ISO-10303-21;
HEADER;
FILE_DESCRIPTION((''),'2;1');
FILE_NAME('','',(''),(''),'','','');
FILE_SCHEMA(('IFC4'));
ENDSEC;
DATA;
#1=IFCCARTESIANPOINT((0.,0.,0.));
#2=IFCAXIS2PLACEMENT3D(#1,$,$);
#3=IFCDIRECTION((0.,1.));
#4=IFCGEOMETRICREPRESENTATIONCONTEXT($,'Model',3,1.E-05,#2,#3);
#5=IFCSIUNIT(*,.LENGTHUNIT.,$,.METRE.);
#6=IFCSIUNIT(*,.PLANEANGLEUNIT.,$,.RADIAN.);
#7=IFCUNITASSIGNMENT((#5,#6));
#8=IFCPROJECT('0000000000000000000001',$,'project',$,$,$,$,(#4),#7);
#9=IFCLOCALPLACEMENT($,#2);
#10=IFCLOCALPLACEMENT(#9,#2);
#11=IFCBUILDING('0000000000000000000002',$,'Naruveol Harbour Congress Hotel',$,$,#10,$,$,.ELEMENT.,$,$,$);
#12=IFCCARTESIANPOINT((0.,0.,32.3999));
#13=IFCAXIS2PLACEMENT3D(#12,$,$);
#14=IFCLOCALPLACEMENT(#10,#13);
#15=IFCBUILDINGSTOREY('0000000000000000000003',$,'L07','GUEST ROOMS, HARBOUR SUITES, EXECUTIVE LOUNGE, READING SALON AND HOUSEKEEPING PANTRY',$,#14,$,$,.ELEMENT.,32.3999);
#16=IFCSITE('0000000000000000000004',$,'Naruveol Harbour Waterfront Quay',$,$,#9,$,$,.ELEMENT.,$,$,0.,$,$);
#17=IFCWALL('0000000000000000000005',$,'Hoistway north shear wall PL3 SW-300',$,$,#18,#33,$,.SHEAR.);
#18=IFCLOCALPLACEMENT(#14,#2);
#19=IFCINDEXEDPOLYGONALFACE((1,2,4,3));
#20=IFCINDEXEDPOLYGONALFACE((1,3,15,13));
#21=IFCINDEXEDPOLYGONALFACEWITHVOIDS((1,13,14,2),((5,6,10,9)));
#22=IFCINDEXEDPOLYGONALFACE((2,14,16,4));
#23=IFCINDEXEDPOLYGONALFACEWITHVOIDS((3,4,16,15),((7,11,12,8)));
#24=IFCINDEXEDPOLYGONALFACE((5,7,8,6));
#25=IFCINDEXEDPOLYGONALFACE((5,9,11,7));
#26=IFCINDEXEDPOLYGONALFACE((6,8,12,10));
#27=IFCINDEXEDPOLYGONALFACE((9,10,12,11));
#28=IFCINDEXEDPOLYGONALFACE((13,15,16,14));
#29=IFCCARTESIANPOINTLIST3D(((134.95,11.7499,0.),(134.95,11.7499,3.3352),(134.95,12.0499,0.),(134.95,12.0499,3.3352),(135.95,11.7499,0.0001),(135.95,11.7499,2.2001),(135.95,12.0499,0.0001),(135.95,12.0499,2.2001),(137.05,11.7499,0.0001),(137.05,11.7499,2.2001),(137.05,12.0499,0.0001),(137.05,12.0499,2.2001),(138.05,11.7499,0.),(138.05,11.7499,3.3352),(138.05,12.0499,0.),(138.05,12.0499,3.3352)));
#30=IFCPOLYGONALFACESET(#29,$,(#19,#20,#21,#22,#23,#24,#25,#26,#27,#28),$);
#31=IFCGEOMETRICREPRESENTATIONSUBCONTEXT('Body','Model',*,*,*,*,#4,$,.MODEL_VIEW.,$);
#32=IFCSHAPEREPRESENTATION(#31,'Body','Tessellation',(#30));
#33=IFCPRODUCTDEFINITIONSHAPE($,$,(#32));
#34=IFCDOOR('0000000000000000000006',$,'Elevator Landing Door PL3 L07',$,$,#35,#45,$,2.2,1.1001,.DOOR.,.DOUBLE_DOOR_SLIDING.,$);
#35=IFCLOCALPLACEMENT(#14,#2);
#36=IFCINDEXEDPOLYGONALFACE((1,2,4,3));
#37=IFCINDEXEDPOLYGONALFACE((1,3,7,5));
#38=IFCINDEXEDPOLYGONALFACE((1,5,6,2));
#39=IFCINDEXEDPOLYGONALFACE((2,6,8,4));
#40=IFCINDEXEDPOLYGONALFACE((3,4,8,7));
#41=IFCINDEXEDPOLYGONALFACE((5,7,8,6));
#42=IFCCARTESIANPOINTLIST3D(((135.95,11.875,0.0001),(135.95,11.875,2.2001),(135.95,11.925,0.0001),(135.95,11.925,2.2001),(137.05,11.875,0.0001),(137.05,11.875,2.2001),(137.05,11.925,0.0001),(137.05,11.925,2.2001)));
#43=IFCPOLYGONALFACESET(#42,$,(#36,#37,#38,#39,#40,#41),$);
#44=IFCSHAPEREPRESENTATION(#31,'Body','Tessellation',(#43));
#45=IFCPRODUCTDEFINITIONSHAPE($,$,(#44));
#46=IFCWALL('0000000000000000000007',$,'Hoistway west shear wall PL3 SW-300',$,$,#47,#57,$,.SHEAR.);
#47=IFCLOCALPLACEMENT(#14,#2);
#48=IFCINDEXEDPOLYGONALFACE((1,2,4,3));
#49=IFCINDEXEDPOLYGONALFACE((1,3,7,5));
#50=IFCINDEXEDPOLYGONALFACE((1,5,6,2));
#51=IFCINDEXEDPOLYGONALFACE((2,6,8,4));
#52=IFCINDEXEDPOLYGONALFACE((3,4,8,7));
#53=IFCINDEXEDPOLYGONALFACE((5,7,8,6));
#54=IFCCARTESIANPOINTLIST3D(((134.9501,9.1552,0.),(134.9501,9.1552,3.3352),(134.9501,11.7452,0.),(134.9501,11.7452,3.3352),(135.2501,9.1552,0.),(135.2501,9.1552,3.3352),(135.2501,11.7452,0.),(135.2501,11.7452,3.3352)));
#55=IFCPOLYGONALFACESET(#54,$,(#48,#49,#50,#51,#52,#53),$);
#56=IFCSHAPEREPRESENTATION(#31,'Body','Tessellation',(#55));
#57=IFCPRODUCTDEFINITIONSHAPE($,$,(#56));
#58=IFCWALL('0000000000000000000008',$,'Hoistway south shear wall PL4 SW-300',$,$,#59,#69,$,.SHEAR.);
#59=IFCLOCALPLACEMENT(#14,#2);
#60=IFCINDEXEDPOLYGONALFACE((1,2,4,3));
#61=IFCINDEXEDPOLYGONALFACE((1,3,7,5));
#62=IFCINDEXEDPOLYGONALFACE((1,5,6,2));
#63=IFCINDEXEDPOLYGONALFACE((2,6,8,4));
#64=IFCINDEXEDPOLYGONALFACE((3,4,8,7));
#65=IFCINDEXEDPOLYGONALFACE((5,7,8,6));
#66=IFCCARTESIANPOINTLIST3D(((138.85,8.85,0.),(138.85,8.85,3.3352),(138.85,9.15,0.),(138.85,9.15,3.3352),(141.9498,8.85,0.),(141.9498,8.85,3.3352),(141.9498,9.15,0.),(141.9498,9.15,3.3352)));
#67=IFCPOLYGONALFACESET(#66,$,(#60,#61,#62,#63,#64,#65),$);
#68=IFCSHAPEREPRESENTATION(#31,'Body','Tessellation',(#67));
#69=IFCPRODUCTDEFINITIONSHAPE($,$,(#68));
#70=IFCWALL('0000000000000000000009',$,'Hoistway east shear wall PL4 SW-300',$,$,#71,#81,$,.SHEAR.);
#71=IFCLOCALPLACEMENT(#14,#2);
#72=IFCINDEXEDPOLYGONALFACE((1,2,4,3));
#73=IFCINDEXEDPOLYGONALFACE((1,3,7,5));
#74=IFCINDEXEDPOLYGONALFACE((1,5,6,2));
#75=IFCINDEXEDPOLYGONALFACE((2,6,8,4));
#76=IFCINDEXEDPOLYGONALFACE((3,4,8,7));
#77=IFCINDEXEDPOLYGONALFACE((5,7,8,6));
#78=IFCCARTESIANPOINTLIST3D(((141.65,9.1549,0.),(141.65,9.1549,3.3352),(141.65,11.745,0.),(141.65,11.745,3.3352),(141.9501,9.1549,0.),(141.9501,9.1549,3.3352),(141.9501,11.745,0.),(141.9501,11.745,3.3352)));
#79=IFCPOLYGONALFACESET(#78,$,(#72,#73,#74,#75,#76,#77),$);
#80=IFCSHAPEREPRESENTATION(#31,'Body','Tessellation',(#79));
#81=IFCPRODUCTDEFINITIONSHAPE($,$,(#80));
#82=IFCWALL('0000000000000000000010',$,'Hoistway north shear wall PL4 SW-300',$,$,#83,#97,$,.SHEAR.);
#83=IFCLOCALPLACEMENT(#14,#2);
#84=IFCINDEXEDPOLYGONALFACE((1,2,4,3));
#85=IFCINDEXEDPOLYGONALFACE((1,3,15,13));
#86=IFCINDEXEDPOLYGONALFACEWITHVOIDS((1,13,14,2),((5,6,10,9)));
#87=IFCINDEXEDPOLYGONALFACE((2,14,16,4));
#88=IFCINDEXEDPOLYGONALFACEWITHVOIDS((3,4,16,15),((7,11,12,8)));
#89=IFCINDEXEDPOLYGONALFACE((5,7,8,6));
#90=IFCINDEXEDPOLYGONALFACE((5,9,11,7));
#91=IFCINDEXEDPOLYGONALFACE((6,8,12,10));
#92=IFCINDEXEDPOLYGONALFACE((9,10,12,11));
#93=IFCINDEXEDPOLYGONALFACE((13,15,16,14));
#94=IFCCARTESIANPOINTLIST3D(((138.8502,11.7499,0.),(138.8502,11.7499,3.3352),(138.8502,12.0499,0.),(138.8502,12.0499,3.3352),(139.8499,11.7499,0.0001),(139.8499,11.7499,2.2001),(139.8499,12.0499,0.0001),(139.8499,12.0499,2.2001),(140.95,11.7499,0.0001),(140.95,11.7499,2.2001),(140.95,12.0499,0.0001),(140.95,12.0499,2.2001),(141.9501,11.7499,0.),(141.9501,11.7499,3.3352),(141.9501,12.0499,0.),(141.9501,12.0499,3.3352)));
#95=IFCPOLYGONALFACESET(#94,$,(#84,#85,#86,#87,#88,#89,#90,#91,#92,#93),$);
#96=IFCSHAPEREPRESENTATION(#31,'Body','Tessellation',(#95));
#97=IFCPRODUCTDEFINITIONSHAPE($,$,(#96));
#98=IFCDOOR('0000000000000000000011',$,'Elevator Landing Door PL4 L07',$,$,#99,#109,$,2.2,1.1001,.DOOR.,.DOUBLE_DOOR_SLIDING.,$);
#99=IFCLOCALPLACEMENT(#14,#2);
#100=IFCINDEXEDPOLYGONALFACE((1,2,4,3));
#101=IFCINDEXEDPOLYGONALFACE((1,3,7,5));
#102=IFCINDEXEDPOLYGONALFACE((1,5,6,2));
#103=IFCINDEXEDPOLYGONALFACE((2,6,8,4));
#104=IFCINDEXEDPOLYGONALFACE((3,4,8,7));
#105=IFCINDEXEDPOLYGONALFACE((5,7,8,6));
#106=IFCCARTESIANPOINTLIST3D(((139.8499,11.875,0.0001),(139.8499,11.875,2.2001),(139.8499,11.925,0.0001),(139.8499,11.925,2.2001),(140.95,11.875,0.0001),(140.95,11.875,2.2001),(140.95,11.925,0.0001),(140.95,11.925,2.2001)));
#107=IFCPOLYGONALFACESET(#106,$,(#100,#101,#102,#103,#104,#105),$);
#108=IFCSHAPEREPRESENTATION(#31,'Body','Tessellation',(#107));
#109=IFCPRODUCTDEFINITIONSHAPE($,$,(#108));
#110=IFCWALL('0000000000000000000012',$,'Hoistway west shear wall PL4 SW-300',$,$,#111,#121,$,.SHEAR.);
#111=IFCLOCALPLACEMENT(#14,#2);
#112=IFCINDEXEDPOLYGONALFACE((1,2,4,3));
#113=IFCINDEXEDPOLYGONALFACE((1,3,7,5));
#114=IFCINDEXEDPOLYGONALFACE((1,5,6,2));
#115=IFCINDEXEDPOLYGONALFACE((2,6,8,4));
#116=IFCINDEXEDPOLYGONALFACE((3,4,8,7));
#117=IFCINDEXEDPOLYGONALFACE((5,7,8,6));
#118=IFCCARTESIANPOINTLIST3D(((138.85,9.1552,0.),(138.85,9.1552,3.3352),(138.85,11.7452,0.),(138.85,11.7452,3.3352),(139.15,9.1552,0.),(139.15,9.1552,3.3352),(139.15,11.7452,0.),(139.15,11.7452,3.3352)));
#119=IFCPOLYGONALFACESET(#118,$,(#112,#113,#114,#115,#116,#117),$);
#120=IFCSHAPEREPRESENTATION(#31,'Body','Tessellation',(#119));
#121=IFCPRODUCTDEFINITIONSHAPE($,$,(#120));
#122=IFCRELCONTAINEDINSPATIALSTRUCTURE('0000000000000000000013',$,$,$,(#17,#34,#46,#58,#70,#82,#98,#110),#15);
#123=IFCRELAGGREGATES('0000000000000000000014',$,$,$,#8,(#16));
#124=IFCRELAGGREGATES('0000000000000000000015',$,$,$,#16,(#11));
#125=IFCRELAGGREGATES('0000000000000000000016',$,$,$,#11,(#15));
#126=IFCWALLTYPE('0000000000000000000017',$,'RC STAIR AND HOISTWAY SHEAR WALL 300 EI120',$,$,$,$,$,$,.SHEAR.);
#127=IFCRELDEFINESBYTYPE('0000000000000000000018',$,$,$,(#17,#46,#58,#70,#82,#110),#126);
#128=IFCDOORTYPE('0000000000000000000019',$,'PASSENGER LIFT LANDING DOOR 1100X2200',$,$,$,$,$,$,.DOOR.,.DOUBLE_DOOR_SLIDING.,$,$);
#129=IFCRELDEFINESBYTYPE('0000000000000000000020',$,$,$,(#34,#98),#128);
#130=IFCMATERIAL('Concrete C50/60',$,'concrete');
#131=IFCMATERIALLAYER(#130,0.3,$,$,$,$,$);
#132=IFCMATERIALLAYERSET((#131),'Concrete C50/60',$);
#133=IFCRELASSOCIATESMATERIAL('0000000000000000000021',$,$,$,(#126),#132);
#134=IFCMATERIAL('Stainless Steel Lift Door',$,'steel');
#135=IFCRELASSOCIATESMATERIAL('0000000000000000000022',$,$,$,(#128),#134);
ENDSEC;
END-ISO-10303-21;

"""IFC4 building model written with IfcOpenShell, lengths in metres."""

from ifc_helpers import new_model, si_unit, direction, frame, frame_2d, origin, place, context, subcontext, project, spatial, rectangle, extrude, material, layer, layer_set, type_object, element, fill, save


model = new_model("IFC4")

# Units and contexts
model_context = context("Model", 3, precision=1e-05, world=origin(), true_north=direction((0.0, 1.0)))
body_context = subcontext(model_context, "Body", "Model", "MODEL_VIEW")
ifc_project = project(units=[si_unit("LENGTHUNIT", "METRE"), si_unit("PLANEANGLEUNIT", "RADIAN")], contexts=[model_context])

# Site, building, storey
site_placement = place(None, origin())
site = spatial("IfcSite", under=ifc_project, at=site_placement, Name="Naruveol Harbour Waterfront Quay", CompositionType="ELEMENT", RefElevation=0.0)
building_placement = place(site_placement, origin())
building = spatial("IfcBuilding", under=site, at=building_placement, Name="Naruveol Harbour Congress Hotel", CompositionType="ELEMENT")
storey_placement = place(building_placement, frame((0.0, 0.0, 32.3999)))
storey = spatial("IfcBuildingStorey", under=building, at=storey_placement, Name="L07", Description="GUEST ROOMS, HARBOUR SUITES, EXECUTIVE LOUNGE, READING SALON AND HOUSEKEEPING PANTRY", CompositionType="ELEMENT", Elevation=32.3999)

# Shared definitions
ifc_material_1 = material(Name="Concrete C50/60", Category="concrete")
ifc_layer_1 = layer(ifc_material_1, 0.3)
ifc_layer_set_1 = layer_set([ifc_layer_1], Name="Concrete C50/60")
wall_type_1 = type_object("IfcWallType", Name="RC STAIR AND HOISTWAY SHEAR WALL 300 EI120", PredefinedType="SHEAR", material=ifc_layer_set_1)

# Wall, opening, door
wall_1_placement = place(storey_placement, frame((138.05, 11.8999, 0.0), z_axis=(0.0, 0.0, 1.0), x_axis=(-1.0, 0.0, 0.0)))
wall_1 = element("IfcWall", 1, at=wall_1_placement, inside=storey, type_object=wall_type_1, Name="Hoistway north shear wall PL3 SW-300", PredefinedType="SHEAR", context=body_context, shape_type="SweptSolid", body=[
    extrude(rectangle(XDim=3.1001, YDim=0.3, at=frame_2d((1.55, 0.0))), origin(), (0.0, 0.0, 1.0), 3.3352),
])
opening_1_placement = place(wall_1_placement, frame((1.0, 0.0, 0.0)))
opening_1 = element("IfcOpeningElement", 2, at=opening_1_placement, cuts=wall_1, PredefinedType="OPENING", context=body_context, shape_type="SweptSolid", body=[
    extrude(rectangle(XDim=1.1001, YDim=2.2, at=frame_2d((0.55, 1.1001))), frame((0.0, 0.1599, 0.0), z_axis=(0.0, -1.0, 0.0), x_axis=(1.0, 0.0, 0.0)), (0.0, 0.0, 1.0), 0.3201),
])
ifc_material_2 = material(Name="Stainless Steel Lift Door", Category="steel")
door_type_1 = type_object("IfcDoorType", Name="PASSENGER LIFT LANDING DOOR 1100X2200", OperationType="DOUBLE_DOOR_SLIDING", PredefinedType="DOOR", material=ifc_material_2)
door_1_placement = place(opening_1_placement, origin())
door_1 = element("IfcDoor", 3, at=door_1_placement, inside=storey, type_object=door_type_1, Name="Elevator Landing Door PL3 L07", OperationType="DOUBLE_DOOR_SLIDING", OverallHeight=2.2, OverallWidth=1.1001, PredefinedType="DOOR", context=body_context, shape_type="SweptSolid", body=[
    extrude(rectangle(XDim=1.1001, YDim=2.2, at=frame_2d((0.55, 1.1001))), frame((0.0, 0.0249, 0.0), z_axis=(0.0, -1.0, 0.0), x_axis=(1.0, 0.0, 0.0)), (0.0, 0.0, 1.0), 0.05),
])
fill(opening_1, door_1)

# Walls
wall_2_placement = place(storey_placement, frame((135.1001, 11.7451, 0.0), z_axis=(0.0, 0.0, 1.0), x_axis=(0.0, -1.0, 0.0)))
element("IfcWall", 4, at=wall_2_placement, inside=storey, type_object=wall_type_1, Name="Hoistway west shear wall PL3 SW-300", PredefinedType="SHEAR", context=body_context, shape_type="SweptSolid", body=[
    extrude(rectangle(XDim=2.5901, YDim=0.3, at=frame_2d((1.2949, 0.0))), origin(), (0.0, 0.0, 1.0), 3.3352),
])
wall_3_placement = place(storey_placement, frame((138.8501, 9.0, 0.0), z_axis=(0.0, 0.0, 1.0), x_axis=(1.0, 0.0, 0.0)))
element("IfcWall", 5, at=wall_3_placement, inside=storey, type_object=wall_type_1, Name="Hoistway south shear wall PL4 SW-300", PredefinedType="SHEAR", context=body_context, shape_type="SweptSolid", body=[
    extrude(rectangle(XDim=3.0999, YDim=0.3, at=frame_2d((1.5498, 0.0))), origin(), (0.0, 0.0, 1.0), 3.3352),
])
wall_4_placement = place(storey_placement, frame((141.8, 9.155, 0.0), z_axis=(0.0, 0.0, 1.0), x_axis=(0.0, 1.0, 0.0)))
element("IfcWall", 6, at=wall_4_placement, inside=storey, type_object=wall_type_1, Name="Hoistway east shear wall PL4 SW-300", PredefinedType="SHEAR", context=body_context, shape_type="SweptSolid", body=[
    extrude(rectangle(XDim=2.5901, YDim=0.3, at=frame_2d((1.2949, 0.0))), origin(), (0.0, 0.0, 1.0), 3.3352),
])

# Wall, opening, door
wall_5_placement = place(storey_placement, frame((141.95, 11.8999, 0.0), z_axis=(0.0, 0.0, 1.0), x_axis=(-1.0, 0.0, 0.0)))
wall_5 = element("IfcWall", 7, at=wall_5_placement, inside=storey, type_object=wall_type_1, Name="Hoistway north shear wall PL4 SW-300", PredefinedType="SHEAR", context=body_context, shape_type="SweptSolid", body=[
    extrude(rectangle(XDim=3.0999, YDim=0.3, at=frame_2d((1.5498, 0.0))), origin(), (0.0, 0.0, 1.0), 3.3352),
])
opening_2_placement = place(wall_5_placement, frame((1.0, 0.0, 0.0)))
opening_2 = element("IfcOpeningElement", 8, at=opening_2_placement, cuts=wall_5, PredefinedType="OPENING", context=body_context, shape_type="SweptSolid", body=[
    extrude(rectangle(XDim=1.1001, YDim=2.2, at=frame_2d((0.55, 1.1001))), frame((0.0, 0.1599, 0.0), z_axis=(0.0, -1.0, 0.0), x_axis=(1.0, 0.0, 0.0)), (0.0, 0.0, 1.0), 0.3201),
])
door_2_placement = place(opening_2_placement, origin())
door_2 = element("IfcDoor", 9, at=door_2_placement, inside=storey, type_object=door_type_1, Name="Elevator Landing Door PL4 L07", OperationType="DOUBLE_DOOR_SLIDING", OverallHeight=2.2, OverallWidth=1.1001, PredefinedType="DOOR", context=body_context, shape_type="SweptSolid", body=[
    extrude(rectangle(XDim=1.1001, YDim=2.2, at=frame_2d((0.55, 1.1001))), frame((0.0, 0.0249, 0.0), z_axis=(0.0, -1.0, 0.0), x_axis=(1.0, 0.0, 0.0)), (0.0, 0.0, 1.0), 0.05),
])
fill(opening_2, door_2)

# Wall
wall_6_placement = place(storey_placement, frame((139.0, 11.7451, 0.0), z_axis=(0.0, 0.0, 1.0), x_axis=(0.0, -1.0, 0.0)))
element("IfcWall", 10, at=wall_6_placement, inside=storey, type_object=wall_type_1, Name="Hoistway west shear wall PL4 SW-300", PredefinedType="SHEAR", context=body_context, shape_type="SweptSolid", body=[
    extrude(rectangle(XDim=2.5901, YDim=0.3, at=frame_2d((1.2949, 0.0))), origin(), (0.0, 0.0, 1.0), 3.3352),
])

save(model, "model.ifc")
